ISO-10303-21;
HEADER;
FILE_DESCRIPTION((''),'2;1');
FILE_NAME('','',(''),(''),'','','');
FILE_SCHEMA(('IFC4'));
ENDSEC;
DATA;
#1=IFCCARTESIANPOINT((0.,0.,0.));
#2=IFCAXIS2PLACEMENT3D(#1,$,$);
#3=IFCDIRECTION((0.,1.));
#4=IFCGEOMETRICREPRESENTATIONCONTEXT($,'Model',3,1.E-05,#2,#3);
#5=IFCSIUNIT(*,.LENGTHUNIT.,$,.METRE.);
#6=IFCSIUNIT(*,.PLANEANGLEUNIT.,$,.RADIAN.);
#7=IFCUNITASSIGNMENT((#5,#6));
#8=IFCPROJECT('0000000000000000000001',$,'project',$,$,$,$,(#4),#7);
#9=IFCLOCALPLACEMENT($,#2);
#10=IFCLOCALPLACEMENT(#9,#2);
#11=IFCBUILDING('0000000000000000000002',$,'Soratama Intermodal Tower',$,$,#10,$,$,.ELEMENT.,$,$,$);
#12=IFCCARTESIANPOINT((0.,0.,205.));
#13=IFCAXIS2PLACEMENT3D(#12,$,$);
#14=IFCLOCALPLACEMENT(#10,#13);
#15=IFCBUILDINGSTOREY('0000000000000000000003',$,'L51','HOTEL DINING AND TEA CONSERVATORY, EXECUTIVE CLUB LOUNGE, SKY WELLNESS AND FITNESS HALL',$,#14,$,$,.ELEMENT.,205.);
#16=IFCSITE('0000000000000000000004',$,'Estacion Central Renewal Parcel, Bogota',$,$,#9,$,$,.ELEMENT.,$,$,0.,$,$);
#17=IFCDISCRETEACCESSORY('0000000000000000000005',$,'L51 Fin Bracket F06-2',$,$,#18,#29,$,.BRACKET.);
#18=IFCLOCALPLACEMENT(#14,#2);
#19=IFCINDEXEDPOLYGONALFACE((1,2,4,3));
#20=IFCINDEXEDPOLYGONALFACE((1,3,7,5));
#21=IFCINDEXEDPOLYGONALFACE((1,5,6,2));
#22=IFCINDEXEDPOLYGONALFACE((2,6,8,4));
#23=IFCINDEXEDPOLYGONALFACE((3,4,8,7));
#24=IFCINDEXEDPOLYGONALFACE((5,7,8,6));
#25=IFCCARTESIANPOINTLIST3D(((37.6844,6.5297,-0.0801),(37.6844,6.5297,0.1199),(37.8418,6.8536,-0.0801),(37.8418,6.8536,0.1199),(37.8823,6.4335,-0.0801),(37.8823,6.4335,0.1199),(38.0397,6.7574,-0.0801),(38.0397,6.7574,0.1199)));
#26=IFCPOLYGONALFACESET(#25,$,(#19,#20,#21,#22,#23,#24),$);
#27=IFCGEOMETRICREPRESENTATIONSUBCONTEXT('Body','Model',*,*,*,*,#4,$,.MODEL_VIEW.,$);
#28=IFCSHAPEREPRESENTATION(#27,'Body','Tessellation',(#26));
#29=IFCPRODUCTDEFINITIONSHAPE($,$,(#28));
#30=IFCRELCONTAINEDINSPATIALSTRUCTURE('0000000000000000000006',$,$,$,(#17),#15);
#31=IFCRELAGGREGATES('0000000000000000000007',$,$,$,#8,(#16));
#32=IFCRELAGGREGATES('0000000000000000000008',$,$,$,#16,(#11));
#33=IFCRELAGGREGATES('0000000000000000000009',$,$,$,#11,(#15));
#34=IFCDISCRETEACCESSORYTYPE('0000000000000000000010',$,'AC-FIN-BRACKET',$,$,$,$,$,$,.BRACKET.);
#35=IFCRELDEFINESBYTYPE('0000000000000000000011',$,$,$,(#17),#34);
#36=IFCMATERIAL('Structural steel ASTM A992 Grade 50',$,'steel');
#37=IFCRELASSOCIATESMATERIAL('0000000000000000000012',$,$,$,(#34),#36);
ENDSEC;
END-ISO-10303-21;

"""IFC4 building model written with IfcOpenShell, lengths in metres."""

from ifc_helpers import new_model, si_unit, direction, frame, origin, origin_2d, place, context, subcontext, project, spatial, rectangle, extrude, material, type_object, element, save


model = new_model("IFC4")

# Units and contexts
model_context = context("Model", 3, precision=1e-05, world=origin(), true_north=direction((0.0, 1.0)))
body_context = subcontext(model_context, "Body", "Model", "MODEL_VIEW")
ifc_project = project(units=[si_unit("LENGTHUNIT", "METRE"), si_unit("PLANEANGLEUNIT", "RADIAN")], contexts=[model_context])

# Site, building, storey
site_placement = place(None, origin())
site = spatial("IfcSite", under=ifc_project, at=site_placement, Name="Estacion Central Renewal Parcel, Bogota", CompositionType="ELEMENT", RefElevation=0.0)
building_placement = place(site_placement, origin())
building = spatial("IfcBuilding", under=site, at=building_placement, Name="Soratama Intermodal Tower", CompositionType="ELEMENT")
storey_placement = place(building_placement, frame((0.0, 0.0, 205.0)))
storey = spatial("IfcBuildingStorey", under=building, at=storey_placement, Name="L51", Description="HOTEL DINING AND TEA CONSERVATORY, EXECUTIVE CLUB LOUNGE, SKY WELLNESS AND FITNESS HALL", CompositionType="ELEMENT", Elevation=205.0)

# Discrete accessory
ifc_material_1 = material(Name="Structural steel ASTM A992 Grade 50", Category="steel")
discrete_accessory_type = type_object("IfcDiscreteAccessoryType", Name="AC-FIN-BRACKET", PredefinedType="BRACKET", material=ifc_material_1)
for number, where, z_axis, x_axis, name in (
    (1, (37.8621, 6.6436, -0.0801), (0.0, 0.0, 1.0), (-0.437116, -0.899405, 0.0), "L51 Fin Bracket F06-2"),
):
    element("IfcDiscreteAccessory", number, at=place(storey_placement, frame(where, z_axis=z_axis, x_axis=x_axis)), inside=storey, type_object=discrete_accessory_type, Name=name, PredefinedType="BRACKET", context=body_context, shape_type="SweptSolid", body=[
        extrude(rectangle(XDim=0.3601, YDim=0.22, at=origin_2d()), origin(), (0.0, 0.0, 1.0), 0.2),
    ])

save(model, "model.ifc")
